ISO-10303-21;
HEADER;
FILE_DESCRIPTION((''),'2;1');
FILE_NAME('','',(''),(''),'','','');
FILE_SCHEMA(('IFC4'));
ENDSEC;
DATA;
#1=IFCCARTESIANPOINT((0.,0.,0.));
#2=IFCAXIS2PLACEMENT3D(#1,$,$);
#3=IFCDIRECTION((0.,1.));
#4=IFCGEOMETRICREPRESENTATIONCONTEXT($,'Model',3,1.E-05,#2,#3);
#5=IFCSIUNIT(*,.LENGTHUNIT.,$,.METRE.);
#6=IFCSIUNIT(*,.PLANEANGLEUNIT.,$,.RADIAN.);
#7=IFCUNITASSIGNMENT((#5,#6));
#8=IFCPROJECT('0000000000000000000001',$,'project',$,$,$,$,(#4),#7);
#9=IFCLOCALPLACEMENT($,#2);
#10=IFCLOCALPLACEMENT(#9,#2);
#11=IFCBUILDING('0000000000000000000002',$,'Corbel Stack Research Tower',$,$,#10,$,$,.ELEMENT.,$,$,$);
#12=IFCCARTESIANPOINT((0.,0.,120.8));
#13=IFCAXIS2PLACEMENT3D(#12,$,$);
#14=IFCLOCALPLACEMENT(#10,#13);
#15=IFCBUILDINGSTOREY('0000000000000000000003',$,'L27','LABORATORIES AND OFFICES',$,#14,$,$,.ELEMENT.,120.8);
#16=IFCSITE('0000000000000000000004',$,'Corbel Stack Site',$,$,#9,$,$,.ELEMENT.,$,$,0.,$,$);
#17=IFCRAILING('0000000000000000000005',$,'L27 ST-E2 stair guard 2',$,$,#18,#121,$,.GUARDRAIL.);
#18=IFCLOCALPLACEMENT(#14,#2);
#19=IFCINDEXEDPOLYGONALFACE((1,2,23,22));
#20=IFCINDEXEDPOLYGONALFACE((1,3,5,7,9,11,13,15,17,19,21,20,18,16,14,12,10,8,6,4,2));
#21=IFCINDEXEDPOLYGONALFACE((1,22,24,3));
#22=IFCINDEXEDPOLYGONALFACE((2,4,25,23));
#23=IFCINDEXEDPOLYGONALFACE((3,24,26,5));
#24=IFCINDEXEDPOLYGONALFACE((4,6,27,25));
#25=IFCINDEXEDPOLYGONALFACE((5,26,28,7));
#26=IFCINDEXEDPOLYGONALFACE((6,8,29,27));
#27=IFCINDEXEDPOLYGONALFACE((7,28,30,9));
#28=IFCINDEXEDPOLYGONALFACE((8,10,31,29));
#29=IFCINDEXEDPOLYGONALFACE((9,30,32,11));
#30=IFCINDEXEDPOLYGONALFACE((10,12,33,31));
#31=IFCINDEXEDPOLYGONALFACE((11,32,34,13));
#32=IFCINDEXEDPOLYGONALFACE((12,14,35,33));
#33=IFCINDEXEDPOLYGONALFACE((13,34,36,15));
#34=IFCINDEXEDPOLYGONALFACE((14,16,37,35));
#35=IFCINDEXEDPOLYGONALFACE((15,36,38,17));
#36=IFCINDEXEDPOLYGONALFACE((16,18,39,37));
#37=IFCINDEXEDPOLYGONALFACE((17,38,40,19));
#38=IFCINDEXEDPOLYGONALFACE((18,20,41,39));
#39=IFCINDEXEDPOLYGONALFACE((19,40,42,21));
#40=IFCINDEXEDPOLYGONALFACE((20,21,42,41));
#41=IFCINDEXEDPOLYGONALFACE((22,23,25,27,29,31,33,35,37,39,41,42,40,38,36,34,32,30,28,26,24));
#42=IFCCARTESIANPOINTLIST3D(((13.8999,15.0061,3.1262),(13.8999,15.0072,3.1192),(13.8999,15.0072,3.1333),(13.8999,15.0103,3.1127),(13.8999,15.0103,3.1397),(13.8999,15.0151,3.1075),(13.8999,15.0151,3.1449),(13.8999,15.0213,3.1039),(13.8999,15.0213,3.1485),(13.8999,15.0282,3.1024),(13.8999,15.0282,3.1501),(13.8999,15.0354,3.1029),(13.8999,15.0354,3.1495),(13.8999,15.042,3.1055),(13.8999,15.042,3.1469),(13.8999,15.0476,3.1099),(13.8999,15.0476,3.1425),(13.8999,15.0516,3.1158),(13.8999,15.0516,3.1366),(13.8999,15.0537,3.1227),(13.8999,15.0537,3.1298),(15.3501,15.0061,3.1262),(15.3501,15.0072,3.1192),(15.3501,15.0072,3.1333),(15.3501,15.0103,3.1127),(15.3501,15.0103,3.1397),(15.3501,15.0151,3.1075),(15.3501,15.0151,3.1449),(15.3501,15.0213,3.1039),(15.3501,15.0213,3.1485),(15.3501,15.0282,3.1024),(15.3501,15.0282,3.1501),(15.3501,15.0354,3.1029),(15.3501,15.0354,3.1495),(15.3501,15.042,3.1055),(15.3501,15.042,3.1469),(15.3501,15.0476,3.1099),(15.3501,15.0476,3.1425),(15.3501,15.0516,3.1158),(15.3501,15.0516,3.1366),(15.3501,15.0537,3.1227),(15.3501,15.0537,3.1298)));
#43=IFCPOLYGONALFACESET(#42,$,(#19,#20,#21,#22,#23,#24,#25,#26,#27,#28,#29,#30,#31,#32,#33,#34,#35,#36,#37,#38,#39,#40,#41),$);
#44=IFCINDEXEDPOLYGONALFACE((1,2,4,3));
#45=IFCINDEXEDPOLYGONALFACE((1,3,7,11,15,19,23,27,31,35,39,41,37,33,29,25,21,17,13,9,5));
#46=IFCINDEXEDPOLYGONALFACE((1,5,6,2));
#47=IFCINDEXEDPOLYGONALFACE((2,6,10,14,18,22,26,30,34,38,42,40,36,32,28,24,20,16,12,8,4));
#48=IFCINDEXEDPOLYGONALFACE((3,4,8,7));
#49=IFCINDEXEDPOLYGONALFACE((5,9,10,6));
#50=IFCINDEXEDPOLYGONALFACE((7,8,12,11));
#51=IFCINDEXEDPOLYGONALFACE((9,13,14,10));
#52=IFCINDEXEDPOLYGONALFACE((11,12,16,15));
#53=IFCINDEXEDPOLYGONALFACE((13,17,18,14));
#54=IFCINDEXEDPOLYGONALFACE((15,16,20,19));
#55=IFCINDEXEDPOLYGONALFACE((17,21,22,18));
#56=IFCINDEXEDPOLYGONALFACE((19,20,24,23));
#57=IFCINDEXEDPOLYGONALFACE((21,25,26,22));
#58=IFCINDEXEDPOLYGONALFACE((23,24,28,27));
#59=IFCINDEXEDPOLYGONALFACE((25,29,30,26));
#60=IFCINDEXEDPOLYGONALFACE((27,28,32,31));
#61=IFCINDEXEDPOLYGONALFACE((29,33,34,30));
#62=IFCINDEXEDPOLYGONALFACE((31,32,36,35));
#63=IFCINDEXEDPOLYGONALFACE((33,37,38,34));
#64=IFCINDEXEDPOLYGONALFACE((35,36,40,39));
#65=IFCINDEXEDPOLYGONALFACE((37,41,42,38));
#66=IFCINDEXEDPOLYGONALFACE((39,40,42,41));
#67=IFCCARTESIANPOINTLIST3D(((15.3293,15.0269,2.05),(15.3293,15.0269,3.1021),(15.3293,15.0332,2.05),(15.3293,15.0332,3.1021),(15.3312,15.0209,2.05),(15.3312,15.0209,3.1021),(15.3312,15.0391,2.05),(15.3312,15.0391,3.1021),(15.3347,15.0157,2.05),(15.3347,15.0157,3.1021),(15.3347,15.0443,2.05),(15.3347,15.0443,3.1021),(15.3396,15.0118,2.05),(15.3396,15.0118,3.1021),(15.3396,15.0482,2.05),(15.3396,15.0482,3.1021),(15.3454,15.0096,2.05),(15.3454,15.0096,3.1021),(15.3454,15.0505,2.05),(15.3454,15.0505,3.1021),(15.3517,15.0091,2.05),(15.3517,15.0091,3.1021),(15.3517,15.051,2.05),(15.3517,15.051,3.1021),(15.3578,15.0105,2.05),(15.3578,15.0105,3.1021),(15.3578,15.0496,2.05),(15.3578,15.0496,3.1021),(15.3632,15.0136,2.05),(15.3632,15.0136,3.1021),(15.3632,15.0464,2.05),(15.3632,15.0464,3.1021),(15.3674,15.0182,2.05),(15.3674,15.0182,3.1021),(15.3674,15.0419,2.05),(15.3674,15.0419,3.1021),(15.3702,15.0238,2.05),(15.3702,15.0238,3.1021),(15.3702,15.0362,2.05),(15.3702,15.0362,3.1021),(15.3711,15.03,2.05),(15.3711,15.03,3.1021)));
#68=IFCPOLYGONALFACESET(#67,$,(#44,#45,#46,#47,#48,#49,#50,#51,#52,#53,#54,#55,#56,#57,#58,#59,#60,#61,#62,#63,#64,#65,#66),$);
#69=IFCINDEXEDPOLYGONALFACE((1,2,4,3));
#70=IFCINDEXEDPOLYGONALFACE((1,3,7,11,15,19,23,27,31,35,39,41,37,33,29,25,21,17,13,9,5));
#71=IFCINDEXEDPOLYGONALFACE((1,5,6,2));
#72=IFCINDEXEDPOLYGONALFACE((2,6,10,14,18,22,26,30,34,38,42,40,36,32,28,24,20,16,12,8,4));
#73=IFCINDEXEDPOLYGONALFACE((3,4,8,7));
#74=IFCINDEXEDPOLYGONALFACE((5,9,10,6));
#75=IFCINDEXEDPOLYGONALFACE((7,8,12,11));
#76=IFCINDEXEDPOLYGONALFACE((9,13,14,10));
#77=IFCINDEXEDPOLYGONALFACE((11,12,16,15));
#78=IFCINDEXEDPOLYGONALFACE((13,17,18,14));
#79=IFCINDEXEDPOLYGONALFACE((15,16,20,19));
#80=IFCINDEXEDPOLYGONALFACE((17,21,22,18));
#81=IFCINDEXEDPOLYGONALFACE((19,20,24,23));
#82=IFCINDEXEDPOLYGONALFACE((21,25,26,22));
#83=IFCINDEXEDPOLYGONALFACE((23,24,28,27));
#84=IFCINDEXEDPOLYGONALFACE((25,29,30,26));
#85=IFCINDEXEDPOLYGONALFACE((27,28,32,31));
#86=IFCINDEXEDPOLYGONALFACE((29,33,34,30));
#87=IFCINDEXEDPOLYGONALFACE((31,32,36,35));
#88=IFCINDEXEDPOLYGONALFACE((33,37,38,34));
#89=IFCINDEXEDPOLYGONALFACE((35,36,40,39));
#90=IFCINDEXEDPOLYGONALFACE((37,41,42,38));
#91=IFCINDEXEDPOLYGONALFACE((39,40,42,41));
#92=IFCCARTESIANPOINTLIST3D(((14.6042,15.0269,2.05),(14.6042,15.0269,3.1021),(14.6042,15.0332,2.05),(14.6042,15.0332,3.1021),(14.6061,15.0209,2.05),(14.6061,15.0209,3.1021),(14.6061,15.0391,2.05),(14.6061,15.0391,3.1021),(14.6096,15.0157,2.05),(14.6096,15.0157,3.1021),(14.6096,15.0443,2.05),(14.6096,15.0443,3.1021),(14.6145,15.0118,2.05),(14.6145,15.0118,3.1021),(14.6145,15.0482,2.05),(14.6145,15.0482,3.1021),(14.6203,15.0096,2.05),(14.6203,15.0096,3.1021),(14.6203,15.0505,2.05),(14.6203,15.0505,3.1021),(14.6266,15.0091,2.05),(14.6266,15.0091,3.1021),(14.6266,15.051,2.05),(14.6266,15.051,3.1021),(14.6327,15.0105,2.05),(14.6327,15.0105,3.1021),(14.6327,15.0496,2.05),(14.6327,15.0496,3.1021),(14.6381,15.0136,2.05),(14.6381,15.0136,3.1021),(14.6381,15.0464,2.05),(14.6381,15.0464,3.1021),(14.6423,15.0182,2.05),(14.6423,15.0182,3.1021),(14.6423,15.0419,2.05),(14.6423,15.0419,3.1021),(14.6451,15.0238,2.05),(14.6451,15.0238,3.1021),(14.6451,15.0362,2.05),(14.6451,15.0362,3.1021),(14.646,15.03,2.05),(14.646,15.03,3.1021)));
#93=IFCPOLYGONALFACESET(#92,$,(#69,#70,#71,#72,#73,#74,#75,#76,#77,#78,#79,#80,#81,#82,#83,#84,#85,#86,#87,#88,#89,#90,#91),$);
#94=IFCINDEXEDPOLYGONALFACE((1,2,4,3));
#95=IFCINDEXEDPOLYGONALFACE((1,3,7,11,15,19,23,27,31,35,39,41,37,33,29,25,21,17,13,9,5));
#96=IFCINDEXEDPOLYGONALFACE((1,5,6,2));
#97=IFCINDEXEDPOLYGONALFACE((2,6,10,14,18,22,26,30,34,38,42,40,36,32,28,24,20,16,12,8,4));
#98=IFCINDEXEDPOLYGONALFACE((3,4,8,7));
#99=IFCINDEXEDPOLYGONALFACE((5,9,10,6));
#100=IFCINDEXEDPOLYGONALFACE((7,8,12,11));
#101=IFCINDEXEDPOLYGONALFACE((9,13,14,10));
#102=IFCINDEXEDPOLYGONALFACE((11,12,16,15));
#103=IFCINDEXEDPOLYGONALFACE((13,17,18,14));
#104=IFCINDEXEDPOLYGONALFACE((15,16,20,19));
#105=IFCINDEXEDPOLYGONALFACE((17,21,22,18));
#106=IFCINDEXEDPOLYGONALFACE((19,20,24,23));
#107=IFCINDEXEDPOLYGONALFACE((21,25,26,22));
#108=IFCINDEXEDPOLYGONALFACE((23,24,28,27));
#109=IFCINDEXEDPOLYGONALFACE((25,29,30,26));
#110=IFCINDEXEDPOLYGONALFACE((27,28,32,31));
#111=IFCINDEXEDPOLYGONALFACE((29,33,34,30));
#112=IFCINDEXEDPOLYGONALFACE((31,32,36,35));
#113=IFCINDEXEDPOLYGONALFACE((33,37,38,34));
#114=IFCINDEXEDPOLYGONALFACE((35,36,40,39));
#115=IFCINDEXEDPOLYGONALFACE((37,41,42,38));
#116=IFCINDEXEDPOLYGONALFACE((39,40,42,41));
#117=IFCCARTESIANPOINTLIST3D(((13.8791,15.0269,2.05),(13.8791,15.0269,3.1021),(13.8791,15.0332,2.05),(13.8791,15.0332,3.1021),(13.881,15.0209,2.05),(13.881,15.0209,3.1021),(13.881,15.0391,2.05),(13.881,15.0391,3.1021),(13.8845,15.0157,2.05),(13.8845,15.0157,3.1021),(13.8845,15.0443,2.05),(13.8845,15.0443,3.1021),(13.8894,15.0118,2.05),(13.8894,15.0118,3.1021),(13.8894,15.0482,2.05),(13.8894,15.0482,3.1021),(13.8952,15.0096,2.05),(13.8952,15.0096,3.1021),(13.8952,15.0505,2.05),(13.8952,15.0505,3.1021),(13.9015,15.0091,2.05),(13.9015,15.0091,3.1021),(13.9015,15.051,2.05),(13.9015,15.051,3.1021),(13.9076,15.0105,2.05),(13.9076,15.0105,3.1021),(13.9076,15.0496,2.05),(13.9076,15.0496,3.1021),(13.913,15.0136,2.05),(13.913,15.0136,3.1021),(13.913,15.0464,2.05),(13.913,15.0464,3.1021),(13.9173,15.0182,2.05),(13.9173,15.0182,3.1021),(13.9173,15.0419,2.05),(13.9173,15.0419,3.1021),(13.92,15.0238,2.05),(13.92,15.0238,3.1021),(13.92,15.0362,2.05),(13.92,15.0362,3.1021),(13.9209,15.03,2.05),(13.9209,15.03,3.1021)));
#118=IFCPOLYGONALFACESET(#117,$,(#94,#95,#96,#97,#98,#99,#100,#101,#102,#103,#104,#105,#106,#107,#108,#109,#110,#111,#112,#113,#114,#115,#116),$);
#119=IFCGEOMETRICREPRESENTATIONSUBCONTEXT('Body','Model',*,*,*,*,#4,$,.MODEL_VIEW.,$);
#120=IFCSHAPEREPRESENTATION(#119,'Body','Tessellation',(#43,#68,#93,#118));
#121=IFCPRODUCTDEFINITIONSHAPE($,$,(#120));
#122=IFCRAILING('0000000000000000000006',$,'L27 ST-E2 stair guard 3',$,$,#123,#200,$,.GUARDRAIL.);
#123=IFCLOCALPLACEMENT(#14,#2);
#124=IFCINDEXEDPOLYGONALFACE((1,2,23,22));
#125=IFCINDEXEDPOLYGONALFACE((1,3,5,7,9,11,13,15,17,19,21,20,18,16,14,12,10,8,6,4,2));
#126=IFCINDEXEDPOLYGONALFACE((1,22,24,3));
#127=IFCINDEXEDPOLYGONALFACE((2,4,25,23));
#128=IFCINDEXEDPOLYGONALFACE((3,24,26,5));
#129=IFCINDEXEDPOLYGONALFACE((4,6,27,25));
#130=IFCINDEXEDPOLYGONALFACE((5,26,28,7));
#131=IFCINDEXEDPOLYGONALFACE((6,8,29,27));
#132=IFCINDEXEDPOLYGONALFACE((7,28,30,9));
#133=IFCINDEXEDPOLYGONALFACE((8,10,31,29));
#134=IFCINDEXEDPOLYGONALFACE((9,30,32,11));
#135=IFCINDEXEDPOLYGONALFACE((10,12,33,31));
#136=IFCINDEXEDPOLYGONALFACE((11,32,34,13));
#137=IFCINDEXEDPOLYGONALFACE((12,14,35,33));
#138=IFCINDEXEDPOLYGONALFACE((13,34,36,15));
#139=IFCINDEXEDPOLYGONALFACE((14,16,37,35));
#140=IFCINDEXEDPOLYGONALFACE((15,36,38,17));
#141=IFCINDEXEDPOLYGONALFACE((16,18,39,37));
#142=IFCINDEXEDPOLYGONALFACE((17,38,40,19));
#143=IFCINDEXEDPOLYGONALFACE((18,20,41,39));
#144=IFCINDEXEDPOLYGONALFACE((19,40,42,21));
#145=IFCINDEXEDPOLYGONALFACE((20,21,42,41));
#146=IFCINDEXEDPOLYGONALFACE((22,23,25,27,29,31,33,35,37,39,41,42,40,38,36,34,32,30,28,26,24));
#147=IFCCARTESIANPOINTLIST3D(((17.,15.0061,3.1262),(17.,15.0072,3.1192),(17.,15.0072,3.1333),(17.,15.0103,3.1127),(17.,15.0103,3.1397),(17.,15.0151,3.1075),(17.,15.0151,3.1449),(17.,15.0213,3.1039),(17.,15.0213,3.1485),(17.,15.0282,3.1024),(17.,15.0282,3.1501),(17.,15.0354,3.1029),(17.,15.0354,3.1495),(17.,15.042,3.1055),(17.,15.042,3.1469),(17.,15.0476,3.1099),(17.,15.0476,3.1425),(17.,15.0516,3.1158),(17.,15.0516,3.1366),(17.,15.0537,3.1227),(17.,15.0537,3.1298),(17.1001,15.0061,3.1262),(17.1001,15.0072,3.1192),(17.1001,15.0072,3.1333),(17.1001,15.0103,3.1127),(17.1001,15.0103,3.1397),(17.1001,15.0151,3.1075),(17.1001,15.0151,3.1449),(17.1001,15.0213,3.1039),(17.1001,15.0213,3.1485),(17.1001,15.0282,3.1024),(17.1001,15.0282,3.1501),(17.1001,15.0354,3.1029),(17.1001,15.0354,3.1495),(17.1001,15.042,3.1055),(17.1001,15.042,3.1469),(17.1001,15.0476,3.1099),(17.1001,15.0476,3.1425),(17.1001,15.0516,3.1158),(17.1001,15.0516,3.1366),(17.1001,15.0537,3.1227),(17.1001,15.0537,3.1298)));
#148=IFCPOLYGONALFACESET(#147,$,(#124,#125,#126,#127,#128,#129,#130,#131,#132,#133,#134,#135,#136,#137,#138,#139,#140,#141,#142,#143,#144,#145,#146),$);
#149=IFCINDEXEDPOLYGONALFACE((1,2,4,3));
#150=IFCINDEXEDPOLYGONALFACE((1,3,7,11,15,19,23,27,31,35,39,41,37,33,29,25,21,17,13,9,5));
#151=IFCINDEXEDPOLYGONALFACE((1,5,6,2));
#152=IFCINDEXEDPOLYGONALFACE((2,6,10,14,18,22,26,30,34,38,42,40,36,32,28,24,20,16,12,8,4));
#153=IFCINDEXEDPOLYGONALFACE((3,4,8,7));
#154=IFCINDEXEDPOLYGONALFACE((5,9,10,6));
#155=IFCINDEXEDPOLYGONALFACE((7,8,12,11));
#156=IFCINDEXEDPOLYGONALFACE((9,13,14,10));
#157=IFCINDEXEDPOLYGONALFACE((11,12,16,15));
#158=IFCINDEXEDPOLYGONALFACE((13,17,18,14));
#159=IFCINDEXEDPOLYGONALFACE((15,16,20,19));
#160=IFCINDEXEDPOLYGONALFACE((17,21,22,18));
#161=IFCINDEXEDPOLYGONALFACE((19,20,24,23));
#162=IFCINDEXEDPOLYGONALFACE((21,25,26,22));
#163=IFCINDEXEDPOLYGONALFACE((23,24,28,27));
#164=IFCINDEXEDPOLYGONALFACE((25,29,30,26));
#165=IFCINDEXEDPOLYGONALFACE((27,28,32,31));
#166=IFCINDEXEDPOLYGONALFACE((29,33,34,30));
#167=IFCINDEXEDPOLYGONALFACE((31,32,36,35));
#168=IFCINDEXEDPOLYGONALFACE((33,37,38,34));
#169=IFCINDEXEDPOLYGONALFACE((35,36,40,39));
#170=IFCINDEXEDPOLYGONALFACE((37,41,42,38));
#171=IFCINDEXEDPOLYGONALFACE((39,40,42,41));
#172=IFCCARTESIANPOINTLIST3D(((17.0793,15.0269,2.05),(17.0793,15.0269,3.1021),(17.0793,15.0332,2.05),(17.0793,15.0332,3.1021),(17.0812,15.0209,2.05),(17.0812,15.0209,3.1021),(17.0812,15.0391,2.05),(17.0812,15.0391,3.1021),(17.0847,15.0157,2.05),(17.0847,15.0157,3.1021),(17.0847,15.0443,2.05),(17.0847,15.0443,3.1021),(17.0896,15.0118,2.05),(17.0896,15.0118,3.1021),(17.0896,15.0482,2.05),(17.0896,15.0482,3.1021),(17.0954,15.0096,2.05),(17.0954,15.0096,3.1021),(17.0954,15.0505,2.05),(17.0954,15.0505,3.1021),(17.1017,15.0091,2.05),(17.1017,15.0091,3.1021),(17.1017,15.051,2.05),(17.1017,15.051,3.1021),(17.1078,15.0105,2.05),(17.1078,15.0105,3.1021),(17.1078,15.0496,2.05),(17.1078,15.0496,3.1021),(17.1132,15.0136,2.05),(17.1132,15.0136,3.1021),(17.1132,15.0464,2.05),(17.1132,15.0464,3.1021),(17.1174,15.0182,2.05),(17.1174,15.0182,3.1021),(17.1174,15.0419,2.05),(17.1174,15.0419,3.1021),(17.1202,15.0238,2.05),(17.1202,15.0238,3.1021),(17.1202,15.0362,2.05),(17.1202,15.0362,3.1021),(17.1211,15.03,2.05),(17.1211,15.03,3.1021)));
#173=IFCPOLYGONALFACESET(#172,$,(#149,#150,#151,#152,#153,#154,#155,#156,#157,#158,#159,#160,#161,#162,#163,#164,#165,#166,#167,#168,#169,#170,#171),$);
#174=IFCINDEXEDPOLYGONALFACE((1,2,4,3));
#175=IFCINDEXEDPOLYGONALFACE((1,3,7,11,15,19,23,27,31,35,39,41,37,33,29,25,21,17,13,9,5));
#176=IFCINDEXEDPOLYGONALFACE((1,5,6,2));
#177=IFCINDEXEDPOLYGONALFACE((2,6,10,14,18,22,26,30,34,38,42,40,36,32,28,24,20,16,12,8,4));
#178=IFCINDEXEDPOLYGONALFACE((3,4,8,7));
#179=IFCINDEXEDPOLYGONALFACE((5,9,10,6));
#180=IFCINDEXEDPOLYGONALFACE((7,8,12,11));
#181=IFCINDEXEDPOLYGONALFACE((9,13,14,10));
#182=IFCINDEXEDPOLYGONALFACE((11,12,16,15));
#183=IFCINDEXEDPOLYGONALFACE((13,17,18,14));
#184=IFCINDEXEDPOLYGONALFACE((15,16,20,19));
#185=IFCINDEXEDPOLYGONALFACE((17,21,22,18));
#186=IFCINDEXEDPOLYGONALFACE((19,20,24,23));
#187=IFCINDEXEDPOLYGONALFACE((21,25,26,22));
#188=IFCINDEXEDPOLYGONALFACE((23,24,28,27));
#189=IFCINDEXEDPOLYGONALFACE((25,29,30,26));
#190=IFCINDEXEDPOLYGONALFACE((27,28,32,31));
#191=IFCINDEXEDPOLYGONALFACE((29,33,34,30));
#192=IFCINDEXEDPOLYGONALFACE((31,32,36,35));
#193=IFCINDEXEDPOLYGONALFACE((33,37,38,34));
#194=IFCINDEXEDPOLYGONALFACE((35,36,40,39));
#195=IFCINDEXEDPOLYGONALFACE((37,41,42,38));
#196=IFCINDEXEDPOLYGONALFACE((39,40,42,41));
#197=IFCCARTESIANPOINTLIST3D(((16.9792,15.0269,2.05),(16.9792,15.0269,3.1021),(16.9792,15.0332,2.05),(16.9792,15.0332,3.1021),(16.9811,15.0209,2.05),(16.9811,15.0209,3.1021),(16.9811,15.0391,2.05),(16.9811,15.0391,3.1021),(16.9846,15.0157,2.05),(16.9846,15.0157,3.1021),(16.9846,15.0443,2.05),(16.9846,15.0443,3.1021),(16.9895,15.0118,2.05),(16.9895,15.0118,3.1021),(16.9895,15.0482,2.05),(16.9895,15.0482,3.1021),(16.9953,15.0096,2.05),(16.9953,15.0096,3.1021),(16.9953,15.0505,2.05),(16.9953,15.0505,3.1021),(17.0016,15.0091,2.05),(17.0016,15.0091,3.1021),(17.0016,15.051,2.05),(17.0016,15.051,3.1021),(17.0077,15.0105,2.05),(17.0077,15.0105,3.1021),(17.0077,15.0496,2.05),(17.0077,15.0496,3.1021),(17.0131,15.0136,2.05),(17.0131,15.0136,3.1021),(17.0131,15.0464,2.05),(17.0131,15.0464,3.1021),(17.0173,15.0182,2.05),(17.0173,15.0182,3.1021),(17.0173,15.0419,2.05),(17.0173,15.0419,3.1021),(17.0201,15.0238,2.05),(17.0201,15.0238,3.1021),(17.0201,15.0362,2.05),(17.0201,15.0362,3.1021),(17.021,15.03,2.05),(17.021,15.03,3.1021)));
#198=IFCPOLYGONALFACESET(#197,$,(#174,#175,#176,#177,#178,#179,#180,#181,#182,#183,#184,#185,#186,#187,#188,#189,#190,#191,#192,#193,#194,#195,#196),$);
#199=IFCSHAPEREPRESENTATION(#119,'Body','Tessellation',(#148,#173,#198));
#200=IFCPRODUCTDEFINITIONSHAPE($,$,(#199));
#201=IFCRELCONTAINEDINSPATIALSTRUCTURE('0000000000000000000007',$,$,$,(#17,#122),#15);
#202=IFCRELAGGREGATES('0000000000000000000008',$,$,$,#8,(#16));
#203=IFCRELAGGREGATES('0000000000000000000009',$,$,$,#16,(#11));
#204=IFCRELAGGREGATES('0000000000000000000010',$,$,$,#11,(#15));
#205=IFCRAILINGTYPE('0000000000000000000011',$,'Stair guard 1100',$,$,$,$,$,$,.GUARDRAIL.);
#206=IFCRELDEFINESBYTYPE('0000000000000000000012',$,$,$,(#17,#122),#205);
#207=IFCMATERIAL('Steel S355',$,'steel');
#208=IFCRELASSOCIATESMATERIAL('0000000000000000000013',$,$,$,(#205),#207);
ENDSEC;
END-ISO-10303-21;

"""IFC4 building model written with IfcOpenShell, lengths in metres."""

from ifc_helpers import new_model, si_unit, direction, frame, origin, origin_2d, place, context, subcontext, project, spatial, circle, extrude, material, type_object, element, save


model = new_model("IFC4")

# Units and contexts
model_context = context("Model", 3, precision=1e-05, world=origin(), true_north=direction((0.0, 1.0)))
body_context = subcontext(model_context, "Body", "Model", "MODEL_VIEW")
ifc_project = project(units=[si_unit("LENGTHUNIT", "METRE"), si_unit("PLANEANGLEUNIT", "RADIAN")], contexts=[model_context])

# Site, building, storey
site_placement = place(None, origin())
site = spatial("IfcSite", under=ifc_project, at=site_placement, Name="Corbel Stack Site", CompositionType="ELEMENT", RefElevation=0.0)
building_placement = place(site_placement, origin())
building = spatial("IfcBuilding", under=site, at=building_placement, Name="Corbel Stack Research Tower", CompositionType="ELEMENT")
storey_placement = place(building_placement, frame((0.0, 0.0, 120.8)))
storey = spatial("IfcBuildingStorey", under=building, at=storey_placement, Name="L27", Description="LABORATORIES AND OFFICES", CompositionType="ELEMENT", Elevation=120.8)

# Railings
ifc_material_1 = material(Name="Steel S355", Category="steel")
railing_type_1 = type_object("IfcRailingType", Name="Stair guard 1100", PredefinedType="GUARDRAIL", material=ifc_material_1)
railing_1_placement = place(storey_placement, frame((15.3501, 15.03, 2.05)))
element("IfcRailing", 1, at=railing_1_placement, inside=storey, type_object=railing_type_1, Name="L27 ST-E2 stair guard 2", PredefinedType="GUARDRAIL", context=body_context, shape_type="SweptSolid", body=[
    extrude(circle(Radius=0.0239, at=origin_2d()), frame((0.0, 0.0, 1.0762), z_axis=(-1.0, 0.0, 0.0), x_axis=(0.0, -1.0, 0.0)), (0.0, 0.0, 1.0), 1.4502),
    extrude(circle(Radius=0.021, at=origin_2d()), origin(), (0.0, 0.0, 1.0), 1.052),
    extrude(circle(Radius=0.021, at=origin_2d()), frame((-0.7251, 0.0, 0.0)), (0.0, 0.0, 1.0), 1.052),
    extrude(circle(Radius=0.021, at=origin_2d()), frame((-1.4502, 0.0, 0.0)), (0.0, 0.0, 1.0), 1.052),
])
for number, where, name in (
    (2, (17.1001, 15.03, 2.05), "L27 ST-E2 stair guard 3"),
):
    element("IfcRailing", number, at=place(storey_placement, frame(where)), inside=storey, type_object=railing_type_1, Name=name, PredefinedType="GUARDRAIL", context=body_context, shape_type="SweptSolid", body=[
        extrude(circle(Radius=0.0239, at=origin_2d()), frame((0.0, 0.0, 1.0762), z_axis=(-1.0, 0.0, 0.0), x_axis=(0.0, -1.0, 0.0)), (0.0, 0.0, 1.0), 0.1001),
        extrude(circle(Radius=0.021, at=origin_2d()), origin(), (0.0, 0.0, 1.0), 1.052),
        extrude(circle(Radius=0.021, at=origin_2d()), frame((-0.1001, 0.0, 0.0)), (0.0, 0.0, 1.0), 1.052),
    ])

save(model, "model.ifc")
